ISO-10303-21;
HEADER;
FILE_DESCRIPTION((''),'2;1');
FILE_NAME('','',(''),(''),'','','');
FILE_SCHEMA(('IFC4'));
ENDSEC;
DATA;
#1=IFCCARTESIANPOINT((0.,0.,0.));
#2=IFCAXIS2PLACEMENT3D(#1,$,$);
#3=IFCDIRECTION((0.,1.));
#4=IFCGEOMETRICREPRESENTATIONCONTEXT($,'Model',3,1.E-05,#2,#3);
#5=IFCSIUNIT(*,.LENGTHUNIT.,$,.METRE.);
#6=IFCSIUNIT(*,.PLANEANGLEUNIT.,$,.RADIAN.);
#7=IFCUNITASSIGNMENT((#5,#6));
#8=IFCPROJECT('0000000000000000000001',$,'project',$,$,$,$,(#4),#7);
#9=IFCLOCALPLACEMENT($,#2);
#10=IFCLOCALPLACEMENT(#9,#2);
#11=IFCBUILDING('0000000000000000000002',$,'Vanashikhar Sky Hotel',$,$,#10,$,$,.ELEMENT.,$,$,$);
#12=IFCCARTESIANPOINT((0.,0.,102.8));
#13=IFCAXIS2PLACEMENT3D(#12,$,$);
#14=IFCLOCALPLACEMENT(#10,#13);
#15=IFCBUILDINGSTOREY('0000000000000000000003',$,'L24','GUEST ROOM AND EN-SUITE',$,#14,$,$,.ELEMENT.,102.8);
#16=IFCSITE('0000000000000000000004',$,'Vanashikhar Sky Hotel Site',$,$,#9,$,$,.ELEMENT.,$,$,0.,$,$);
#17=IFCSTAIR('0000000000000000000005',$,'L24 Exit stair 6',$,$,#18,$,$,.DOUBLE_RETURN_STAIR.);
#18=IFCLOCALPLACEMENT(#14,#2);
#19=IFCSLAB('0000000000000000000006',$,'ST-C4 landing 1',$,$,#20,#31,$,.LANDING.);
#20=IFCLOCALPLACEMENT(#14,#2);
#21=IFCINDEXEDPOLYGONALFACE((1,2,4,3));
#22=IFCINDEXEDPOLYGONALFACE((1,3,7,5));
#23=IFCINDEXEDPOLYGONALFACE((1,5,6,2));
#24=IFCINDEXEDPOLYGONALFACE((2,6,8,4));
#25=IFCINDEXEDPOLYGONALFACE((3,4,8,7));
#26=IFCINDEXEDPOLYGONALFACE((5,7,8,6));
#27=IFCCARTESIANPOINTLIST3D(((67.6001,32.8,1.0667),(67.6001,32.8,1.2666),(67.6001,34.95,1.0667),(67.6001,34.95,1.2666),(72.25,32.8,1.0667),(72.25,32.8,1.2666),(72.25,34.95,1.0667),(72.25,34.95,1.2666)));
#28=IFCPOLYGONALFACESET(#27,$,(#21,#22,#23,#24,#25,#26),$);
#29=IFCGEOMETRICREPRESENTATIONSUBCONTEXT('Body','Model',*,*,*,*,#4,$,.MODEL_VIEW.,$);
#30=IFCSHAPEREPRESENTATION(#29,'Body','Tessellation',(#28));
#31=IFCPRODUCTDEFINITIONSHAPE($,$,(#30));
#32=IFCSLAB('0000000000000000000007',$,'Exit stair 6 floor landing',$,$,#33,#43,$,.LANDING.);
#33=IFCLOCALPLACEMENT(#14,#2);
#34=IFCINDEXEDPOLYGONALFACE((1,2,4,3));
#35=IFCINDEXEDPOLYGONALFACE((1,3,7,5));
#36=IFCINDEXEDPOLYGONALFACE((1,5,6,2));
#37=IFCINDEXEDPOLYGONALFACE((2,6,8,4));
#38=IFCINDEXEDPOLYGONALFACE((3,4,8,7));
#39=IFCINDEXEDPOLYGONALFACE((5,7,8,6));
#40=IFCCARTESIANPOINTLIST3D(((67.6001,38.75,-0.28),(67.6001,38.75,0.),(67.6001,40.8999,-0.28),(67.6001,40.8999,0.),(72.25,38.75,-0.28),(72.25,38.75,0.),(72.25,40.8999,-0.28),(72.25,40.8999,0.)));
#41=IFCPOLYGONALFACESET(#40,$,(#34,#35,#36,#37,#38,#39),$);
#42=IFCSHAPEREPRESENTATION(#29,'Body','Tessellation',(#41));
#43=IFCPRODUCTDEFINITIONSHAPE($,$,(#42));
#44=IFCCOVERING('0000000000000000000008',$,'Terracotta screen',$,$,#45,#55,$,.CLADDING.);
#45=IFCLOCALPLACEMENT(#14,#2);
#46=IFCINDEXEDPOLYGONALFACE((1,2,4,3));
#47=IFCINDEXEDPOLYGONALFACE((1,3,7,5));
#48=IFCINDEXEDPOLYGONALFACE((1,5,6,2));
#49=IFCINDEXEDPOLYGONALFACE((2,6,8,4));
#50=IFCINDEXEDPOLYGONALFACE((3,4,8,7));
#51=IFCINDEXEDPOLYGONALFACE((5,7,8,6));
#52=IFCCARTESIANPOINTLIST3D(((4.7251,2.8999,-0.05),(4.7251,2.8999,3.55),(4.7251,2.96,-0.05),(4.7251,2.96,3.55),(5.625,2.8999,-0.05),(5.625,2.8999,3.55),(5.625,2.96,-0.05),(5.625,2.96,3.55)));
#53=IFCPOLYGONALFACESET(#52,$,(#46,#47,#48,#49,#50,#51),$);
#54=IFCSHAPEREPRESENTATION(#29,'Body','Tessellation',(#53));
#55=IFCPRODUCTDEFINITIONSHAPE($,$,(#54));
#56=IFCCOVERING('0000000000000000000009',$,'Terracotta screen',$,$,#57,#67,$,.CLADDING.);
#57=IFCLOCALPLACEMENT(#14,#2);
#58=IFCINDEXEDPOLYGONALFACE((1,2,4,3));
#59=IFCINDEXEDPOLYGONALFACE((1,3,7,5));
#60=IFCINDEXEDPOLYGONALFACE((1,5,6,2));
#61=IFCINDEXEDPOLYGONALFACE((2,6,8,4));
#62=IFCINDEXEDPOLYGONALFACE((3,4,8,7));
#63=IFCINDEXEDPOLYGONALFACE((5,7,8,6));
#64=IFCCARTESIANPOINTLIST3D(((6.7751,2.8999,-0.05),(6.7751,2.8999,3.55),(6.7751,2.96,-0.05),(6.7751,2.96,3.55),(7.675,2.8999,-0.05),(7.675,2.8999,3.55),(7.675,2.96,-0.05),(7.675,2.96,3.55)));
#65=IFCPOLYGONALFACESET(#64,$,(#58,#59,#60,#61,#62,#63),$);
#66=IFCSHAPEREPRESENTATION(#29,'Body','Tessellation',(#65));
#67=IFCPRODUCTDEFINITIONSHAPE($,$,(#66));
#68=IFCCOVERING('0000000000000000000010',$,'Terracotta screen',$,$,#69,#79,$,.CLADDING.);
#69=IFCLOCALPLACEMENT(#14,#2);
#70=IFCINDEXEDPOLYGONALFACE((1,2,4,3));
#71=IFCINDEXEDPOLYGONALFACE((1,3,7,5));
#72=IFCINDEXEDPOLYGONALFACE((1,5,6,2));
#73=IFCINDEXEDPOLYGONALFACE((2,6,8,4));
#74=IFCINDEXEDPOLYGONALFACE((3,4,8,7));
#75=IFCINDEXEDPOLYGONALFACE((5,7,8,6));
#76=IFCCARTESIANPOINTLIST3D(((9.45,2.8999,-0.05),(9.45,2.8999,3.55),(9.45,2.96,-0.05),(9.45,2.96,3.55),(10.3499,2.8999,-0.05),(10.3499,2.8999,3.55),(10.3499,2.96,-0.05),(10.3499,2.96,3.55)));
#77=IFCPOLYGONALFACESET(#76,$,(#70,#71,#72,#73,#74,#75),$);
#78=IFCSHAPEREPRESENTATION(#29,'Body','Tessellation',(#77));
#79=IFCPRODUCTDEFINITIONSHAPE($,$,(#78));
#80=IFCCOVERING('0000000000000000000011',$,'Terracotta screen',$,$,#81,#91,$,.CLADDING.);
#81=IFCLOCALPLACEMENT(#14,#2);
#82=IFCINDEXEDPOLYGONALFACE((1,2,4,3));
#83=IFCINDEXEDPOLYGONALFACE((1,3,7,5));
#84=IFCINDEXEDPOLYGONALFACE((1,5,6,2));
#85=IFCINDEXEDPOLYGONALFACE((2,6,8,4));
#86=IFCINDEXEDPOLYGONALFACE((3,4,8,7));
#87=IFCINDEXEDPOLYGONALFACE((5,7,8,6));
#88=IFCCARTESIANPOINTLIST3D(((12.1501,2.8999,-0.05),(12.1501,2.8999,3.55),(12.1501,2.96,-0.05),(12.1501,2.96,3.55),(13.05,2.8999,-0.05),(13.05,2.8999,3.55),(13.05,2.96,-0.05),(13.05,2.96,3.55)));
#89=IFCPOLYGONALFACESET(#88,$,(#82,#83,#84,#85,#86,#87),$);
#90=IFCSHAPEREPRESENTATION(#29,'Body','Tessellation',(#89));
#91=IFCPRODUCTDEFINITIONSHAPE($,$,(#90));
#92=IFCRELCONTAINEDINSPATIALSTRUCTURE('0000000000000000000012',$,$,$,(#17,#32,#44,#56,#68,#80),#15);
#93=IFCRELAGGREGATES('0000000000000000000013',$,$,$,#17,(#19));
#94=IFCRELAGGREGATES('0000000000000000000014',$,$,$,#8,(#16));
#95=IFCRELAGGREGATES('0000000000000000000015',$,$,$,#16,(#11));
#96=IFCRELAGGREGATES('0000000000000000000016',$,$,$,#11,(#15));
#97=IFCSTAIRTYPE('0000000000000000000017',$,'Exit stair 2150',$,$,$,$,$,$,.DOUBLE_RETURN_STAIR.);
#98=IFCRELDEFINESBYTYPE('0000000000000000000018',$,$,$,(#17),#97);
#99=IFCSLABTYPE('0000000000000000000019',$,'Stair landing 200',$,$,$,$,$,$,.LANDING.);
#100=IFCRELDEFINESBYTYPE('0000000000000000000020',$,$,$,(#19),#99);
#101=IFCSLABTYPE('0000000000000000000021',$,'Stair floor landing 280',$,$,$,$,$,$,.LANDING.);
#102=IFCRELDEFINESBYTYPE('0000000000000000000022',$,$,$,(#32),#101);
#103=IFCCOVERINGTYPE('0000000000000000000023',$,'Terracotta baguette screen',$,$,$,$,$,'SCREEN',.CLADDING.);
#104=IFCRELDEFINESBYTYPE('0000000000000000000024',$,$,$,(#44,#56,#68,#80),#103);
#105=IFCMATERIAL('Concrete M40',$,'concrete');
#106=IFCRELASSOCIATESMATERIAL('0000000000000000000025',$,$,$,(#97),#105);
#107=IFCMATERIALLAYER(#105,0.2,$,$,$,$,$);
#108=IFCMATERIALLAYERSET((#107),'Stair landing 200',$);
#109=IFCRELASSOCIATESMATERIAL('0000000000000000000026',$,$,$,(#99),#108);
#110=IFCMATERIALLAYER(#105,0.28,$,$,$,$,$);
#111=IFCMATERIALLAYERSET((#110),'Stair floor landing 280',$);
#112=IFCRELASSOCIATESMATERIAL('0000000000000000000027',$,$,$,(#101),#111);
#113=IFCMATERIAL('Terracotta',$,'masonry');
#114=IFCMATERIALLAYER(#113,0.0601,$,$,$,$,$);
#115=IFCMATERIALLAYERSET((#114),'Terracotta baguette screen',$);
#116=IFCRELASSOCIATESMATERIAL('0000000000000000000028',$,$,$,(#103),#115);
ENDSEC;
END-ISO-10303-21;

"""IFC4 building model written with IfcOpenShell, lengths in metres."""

from ifc_helpers import new_model, si_unit, direction, frame, origin, origin_2d, place, context, subcontext, project, spatial, polyline, rectangle, outline, extrude, source, transform, mapped, material, layer, layer_set, type_object, element, aggregate, save


model = new_model("IFC4")

# Units and contexts
model_context = context("Model", 3, precision=1e-05, world=origin(), true_north=direction((0.0, 1.0)))
body_context = subcontext(model_context, "Body", "Model", "MODEL_VIEW")
ifc_project = project(units=[si_unit("LENGTHUNIT", "METRE"), si_unit("PLANEANGLEUNIT", "RADIAN")], contexts=[model_context])

# Site, building, storey
site_placement = place(None, origin())
site = spatial("IfcSite", under=ifc_project, at=site_placement, Name="Vanashikhar Sky Hotel Site", CompositionType="ELEMENT", RefElevation=0.0)
building_placement = place(site_placement, origin())
building = spatial("IfcBuilding", under=site, at=building_placement, Name="Vanashikhar Sky Hotel", CompositionType="ELEMENT")
storey_placement = place(building_placement, frame((0.0, 0.0, 102.8)))
storey = spatial("IfcBuildingStorey", under=building, at=storey_placement, Name="L24", Description="GUEST ROOM AND EN-SUITE", CompositionType="ELEMENT", Elevation=102.8)

# Shared definitions
ifc_material_1 = material(Name="Concrete M40", Category="concrete")

# Shared definitions
stair_type = type_object("IfcStairType", Name="Exit stair 2150", PredefinedType="DOUBLE_RETURN_STAIR", material=ifc_material_1)
ifc_layer_1 = layer(ifc_material_1, 0.2)
ifc_layer_set_1 = layer_set([ifc_layer_1], Name="Stair landing 200")
slab_type_1 = type_object("IfcSlabType", Name="Stair landing 200", PredefinedType="LANDING", material=ifc_layer_set_1)

# Shared definitions
ifc_layer_2 = layer(ifc_material_1, 0.28)
ifc_layer_set_2 = layer_set([ifc_layer_2], Name="Stair floor landing 280")
slab_type_2 = type_object("IfcSlabType", Name="Stair floor landing 280", PredefinedType="LANDING", material=ifc_layer_set_2)

# Stair, slab
stair_1_placement = place(storey_placement, origin())
stair_1 = element("IfcStair", 1, at=stair_1_placement, inside=storey, type_object=stair_type, Name="L24 Exit stair 6", PredefinedType="DOUBLE_RETURN_STAIR")
shared_shape_1 = source(origin(), body_context, "Body", "SweptSolid", [
    extrude(outline(polyline([(72.25, 32.8), (72.25, 34.95), (67.6001, 34.95), (67.6001, 32.8), (72.25, 32.8)])), origin(), (0.0, 0.0, 1.0), 0.2),
])
slab_1_placement = place(storey_placement, frame((0.0, 0.0, 1.0667)))
slab_1 = element("IfcSlab", 2, at=slab_1_placement, type_object=slab_type_1, Name="ST-C4 landing 1", PredefinedType="LANDING", context=body_context, shape_type="MappedRepresentation", body=[
    mapped(shared_shape_1, transform((0.0, 0.0, 0.0), scale=1.0)),
])
aggregate(stair_1, [slab_1])

# Slab
shared_shape_2 = source(origin(), body_context, "Body", "SweptSolid", [
    extrude(outline(polyline([(72.25, 38.75), (72.25, 40.8999), (67.6001, 40.8999), (67.6001, 38.75), (72.25, 38.75)])), origin(), (0.0, 0.0, 1.0), 0.28),
])
slab_2_placement = place(storey_placement, frame((0.0, 0.0, -0.28)))
element("IfcSlab", 3, at=slab_2_placement, inside=storey, type_object=slab_type_2, Name="Exit stair 6 floor landing", PredefinedType="LANDING", context=body_context, shape_type="MappedRepresentation", body=[
    mapped(shared_shape_2, transform((0.0, 0.0, 0.0), scale=1.0)),
])

# Coverings
ifc_material_2 = material(Name="Terracotta", Category="masonry")
ifc_layer_3 = layer(ifc_material_2, 0.0601)
ifc_layer_set_3 = layer_set([ifc_layer_3], Name="Terracotta baguette screen")
covering_type = type_object("IfcCoveringType", Name="Terracotta baguette screen", ElementType="SCREEN", PredefinedType="CLADDING", material=ifc_layer_set_3)
shared_shape_3 = source(origin(), body_context, "Body", "SweptSolid", [
    extrude(rectangle(XDim=0.8999, YDim=0.0601, at=origin_2d()), origin(), (0.0, 0.0, 1.0), 3.6001),
])
for number, where, z_axis, x_axis, name in (
    (4, (5.175, 2.9299, -0.05), (0.0, 0.0, 1.0), (1.0, 0.0, 0.0), "Terracotta screen"),
    (5, (7.2251, 2.9299, -0.05), (0.0, 0.0, 1.0), (1.0, 0.0, 0.0), "Terracotta screen"),
    (6, (9.8999, 2.9299, -0.05), (0.0, 0.0, 1.0), (1.0, 0.0, 0.0), "Terracotta screen"),
    (7, (12.6001, 2.9299, -0.05), (0.0, 0.0, 1.0), (1.0, 0.0, 0.0), "Terracotta screen"),
):
    element("IfcCovering", number, at=place(storey_placement, frame(where, z_axis=z_axis, x_axis=x_axis)), inside=storey, type_object=covering_type, Name=name, PredefinedType="CLADDING", context=body_context, shape_type="MappedRepresentation", body=[
        mapped(shared_shape_3, transform((0.0, 0.0, 0.0), scale=1.0)),
    ])

save(model, "model.ifc")
